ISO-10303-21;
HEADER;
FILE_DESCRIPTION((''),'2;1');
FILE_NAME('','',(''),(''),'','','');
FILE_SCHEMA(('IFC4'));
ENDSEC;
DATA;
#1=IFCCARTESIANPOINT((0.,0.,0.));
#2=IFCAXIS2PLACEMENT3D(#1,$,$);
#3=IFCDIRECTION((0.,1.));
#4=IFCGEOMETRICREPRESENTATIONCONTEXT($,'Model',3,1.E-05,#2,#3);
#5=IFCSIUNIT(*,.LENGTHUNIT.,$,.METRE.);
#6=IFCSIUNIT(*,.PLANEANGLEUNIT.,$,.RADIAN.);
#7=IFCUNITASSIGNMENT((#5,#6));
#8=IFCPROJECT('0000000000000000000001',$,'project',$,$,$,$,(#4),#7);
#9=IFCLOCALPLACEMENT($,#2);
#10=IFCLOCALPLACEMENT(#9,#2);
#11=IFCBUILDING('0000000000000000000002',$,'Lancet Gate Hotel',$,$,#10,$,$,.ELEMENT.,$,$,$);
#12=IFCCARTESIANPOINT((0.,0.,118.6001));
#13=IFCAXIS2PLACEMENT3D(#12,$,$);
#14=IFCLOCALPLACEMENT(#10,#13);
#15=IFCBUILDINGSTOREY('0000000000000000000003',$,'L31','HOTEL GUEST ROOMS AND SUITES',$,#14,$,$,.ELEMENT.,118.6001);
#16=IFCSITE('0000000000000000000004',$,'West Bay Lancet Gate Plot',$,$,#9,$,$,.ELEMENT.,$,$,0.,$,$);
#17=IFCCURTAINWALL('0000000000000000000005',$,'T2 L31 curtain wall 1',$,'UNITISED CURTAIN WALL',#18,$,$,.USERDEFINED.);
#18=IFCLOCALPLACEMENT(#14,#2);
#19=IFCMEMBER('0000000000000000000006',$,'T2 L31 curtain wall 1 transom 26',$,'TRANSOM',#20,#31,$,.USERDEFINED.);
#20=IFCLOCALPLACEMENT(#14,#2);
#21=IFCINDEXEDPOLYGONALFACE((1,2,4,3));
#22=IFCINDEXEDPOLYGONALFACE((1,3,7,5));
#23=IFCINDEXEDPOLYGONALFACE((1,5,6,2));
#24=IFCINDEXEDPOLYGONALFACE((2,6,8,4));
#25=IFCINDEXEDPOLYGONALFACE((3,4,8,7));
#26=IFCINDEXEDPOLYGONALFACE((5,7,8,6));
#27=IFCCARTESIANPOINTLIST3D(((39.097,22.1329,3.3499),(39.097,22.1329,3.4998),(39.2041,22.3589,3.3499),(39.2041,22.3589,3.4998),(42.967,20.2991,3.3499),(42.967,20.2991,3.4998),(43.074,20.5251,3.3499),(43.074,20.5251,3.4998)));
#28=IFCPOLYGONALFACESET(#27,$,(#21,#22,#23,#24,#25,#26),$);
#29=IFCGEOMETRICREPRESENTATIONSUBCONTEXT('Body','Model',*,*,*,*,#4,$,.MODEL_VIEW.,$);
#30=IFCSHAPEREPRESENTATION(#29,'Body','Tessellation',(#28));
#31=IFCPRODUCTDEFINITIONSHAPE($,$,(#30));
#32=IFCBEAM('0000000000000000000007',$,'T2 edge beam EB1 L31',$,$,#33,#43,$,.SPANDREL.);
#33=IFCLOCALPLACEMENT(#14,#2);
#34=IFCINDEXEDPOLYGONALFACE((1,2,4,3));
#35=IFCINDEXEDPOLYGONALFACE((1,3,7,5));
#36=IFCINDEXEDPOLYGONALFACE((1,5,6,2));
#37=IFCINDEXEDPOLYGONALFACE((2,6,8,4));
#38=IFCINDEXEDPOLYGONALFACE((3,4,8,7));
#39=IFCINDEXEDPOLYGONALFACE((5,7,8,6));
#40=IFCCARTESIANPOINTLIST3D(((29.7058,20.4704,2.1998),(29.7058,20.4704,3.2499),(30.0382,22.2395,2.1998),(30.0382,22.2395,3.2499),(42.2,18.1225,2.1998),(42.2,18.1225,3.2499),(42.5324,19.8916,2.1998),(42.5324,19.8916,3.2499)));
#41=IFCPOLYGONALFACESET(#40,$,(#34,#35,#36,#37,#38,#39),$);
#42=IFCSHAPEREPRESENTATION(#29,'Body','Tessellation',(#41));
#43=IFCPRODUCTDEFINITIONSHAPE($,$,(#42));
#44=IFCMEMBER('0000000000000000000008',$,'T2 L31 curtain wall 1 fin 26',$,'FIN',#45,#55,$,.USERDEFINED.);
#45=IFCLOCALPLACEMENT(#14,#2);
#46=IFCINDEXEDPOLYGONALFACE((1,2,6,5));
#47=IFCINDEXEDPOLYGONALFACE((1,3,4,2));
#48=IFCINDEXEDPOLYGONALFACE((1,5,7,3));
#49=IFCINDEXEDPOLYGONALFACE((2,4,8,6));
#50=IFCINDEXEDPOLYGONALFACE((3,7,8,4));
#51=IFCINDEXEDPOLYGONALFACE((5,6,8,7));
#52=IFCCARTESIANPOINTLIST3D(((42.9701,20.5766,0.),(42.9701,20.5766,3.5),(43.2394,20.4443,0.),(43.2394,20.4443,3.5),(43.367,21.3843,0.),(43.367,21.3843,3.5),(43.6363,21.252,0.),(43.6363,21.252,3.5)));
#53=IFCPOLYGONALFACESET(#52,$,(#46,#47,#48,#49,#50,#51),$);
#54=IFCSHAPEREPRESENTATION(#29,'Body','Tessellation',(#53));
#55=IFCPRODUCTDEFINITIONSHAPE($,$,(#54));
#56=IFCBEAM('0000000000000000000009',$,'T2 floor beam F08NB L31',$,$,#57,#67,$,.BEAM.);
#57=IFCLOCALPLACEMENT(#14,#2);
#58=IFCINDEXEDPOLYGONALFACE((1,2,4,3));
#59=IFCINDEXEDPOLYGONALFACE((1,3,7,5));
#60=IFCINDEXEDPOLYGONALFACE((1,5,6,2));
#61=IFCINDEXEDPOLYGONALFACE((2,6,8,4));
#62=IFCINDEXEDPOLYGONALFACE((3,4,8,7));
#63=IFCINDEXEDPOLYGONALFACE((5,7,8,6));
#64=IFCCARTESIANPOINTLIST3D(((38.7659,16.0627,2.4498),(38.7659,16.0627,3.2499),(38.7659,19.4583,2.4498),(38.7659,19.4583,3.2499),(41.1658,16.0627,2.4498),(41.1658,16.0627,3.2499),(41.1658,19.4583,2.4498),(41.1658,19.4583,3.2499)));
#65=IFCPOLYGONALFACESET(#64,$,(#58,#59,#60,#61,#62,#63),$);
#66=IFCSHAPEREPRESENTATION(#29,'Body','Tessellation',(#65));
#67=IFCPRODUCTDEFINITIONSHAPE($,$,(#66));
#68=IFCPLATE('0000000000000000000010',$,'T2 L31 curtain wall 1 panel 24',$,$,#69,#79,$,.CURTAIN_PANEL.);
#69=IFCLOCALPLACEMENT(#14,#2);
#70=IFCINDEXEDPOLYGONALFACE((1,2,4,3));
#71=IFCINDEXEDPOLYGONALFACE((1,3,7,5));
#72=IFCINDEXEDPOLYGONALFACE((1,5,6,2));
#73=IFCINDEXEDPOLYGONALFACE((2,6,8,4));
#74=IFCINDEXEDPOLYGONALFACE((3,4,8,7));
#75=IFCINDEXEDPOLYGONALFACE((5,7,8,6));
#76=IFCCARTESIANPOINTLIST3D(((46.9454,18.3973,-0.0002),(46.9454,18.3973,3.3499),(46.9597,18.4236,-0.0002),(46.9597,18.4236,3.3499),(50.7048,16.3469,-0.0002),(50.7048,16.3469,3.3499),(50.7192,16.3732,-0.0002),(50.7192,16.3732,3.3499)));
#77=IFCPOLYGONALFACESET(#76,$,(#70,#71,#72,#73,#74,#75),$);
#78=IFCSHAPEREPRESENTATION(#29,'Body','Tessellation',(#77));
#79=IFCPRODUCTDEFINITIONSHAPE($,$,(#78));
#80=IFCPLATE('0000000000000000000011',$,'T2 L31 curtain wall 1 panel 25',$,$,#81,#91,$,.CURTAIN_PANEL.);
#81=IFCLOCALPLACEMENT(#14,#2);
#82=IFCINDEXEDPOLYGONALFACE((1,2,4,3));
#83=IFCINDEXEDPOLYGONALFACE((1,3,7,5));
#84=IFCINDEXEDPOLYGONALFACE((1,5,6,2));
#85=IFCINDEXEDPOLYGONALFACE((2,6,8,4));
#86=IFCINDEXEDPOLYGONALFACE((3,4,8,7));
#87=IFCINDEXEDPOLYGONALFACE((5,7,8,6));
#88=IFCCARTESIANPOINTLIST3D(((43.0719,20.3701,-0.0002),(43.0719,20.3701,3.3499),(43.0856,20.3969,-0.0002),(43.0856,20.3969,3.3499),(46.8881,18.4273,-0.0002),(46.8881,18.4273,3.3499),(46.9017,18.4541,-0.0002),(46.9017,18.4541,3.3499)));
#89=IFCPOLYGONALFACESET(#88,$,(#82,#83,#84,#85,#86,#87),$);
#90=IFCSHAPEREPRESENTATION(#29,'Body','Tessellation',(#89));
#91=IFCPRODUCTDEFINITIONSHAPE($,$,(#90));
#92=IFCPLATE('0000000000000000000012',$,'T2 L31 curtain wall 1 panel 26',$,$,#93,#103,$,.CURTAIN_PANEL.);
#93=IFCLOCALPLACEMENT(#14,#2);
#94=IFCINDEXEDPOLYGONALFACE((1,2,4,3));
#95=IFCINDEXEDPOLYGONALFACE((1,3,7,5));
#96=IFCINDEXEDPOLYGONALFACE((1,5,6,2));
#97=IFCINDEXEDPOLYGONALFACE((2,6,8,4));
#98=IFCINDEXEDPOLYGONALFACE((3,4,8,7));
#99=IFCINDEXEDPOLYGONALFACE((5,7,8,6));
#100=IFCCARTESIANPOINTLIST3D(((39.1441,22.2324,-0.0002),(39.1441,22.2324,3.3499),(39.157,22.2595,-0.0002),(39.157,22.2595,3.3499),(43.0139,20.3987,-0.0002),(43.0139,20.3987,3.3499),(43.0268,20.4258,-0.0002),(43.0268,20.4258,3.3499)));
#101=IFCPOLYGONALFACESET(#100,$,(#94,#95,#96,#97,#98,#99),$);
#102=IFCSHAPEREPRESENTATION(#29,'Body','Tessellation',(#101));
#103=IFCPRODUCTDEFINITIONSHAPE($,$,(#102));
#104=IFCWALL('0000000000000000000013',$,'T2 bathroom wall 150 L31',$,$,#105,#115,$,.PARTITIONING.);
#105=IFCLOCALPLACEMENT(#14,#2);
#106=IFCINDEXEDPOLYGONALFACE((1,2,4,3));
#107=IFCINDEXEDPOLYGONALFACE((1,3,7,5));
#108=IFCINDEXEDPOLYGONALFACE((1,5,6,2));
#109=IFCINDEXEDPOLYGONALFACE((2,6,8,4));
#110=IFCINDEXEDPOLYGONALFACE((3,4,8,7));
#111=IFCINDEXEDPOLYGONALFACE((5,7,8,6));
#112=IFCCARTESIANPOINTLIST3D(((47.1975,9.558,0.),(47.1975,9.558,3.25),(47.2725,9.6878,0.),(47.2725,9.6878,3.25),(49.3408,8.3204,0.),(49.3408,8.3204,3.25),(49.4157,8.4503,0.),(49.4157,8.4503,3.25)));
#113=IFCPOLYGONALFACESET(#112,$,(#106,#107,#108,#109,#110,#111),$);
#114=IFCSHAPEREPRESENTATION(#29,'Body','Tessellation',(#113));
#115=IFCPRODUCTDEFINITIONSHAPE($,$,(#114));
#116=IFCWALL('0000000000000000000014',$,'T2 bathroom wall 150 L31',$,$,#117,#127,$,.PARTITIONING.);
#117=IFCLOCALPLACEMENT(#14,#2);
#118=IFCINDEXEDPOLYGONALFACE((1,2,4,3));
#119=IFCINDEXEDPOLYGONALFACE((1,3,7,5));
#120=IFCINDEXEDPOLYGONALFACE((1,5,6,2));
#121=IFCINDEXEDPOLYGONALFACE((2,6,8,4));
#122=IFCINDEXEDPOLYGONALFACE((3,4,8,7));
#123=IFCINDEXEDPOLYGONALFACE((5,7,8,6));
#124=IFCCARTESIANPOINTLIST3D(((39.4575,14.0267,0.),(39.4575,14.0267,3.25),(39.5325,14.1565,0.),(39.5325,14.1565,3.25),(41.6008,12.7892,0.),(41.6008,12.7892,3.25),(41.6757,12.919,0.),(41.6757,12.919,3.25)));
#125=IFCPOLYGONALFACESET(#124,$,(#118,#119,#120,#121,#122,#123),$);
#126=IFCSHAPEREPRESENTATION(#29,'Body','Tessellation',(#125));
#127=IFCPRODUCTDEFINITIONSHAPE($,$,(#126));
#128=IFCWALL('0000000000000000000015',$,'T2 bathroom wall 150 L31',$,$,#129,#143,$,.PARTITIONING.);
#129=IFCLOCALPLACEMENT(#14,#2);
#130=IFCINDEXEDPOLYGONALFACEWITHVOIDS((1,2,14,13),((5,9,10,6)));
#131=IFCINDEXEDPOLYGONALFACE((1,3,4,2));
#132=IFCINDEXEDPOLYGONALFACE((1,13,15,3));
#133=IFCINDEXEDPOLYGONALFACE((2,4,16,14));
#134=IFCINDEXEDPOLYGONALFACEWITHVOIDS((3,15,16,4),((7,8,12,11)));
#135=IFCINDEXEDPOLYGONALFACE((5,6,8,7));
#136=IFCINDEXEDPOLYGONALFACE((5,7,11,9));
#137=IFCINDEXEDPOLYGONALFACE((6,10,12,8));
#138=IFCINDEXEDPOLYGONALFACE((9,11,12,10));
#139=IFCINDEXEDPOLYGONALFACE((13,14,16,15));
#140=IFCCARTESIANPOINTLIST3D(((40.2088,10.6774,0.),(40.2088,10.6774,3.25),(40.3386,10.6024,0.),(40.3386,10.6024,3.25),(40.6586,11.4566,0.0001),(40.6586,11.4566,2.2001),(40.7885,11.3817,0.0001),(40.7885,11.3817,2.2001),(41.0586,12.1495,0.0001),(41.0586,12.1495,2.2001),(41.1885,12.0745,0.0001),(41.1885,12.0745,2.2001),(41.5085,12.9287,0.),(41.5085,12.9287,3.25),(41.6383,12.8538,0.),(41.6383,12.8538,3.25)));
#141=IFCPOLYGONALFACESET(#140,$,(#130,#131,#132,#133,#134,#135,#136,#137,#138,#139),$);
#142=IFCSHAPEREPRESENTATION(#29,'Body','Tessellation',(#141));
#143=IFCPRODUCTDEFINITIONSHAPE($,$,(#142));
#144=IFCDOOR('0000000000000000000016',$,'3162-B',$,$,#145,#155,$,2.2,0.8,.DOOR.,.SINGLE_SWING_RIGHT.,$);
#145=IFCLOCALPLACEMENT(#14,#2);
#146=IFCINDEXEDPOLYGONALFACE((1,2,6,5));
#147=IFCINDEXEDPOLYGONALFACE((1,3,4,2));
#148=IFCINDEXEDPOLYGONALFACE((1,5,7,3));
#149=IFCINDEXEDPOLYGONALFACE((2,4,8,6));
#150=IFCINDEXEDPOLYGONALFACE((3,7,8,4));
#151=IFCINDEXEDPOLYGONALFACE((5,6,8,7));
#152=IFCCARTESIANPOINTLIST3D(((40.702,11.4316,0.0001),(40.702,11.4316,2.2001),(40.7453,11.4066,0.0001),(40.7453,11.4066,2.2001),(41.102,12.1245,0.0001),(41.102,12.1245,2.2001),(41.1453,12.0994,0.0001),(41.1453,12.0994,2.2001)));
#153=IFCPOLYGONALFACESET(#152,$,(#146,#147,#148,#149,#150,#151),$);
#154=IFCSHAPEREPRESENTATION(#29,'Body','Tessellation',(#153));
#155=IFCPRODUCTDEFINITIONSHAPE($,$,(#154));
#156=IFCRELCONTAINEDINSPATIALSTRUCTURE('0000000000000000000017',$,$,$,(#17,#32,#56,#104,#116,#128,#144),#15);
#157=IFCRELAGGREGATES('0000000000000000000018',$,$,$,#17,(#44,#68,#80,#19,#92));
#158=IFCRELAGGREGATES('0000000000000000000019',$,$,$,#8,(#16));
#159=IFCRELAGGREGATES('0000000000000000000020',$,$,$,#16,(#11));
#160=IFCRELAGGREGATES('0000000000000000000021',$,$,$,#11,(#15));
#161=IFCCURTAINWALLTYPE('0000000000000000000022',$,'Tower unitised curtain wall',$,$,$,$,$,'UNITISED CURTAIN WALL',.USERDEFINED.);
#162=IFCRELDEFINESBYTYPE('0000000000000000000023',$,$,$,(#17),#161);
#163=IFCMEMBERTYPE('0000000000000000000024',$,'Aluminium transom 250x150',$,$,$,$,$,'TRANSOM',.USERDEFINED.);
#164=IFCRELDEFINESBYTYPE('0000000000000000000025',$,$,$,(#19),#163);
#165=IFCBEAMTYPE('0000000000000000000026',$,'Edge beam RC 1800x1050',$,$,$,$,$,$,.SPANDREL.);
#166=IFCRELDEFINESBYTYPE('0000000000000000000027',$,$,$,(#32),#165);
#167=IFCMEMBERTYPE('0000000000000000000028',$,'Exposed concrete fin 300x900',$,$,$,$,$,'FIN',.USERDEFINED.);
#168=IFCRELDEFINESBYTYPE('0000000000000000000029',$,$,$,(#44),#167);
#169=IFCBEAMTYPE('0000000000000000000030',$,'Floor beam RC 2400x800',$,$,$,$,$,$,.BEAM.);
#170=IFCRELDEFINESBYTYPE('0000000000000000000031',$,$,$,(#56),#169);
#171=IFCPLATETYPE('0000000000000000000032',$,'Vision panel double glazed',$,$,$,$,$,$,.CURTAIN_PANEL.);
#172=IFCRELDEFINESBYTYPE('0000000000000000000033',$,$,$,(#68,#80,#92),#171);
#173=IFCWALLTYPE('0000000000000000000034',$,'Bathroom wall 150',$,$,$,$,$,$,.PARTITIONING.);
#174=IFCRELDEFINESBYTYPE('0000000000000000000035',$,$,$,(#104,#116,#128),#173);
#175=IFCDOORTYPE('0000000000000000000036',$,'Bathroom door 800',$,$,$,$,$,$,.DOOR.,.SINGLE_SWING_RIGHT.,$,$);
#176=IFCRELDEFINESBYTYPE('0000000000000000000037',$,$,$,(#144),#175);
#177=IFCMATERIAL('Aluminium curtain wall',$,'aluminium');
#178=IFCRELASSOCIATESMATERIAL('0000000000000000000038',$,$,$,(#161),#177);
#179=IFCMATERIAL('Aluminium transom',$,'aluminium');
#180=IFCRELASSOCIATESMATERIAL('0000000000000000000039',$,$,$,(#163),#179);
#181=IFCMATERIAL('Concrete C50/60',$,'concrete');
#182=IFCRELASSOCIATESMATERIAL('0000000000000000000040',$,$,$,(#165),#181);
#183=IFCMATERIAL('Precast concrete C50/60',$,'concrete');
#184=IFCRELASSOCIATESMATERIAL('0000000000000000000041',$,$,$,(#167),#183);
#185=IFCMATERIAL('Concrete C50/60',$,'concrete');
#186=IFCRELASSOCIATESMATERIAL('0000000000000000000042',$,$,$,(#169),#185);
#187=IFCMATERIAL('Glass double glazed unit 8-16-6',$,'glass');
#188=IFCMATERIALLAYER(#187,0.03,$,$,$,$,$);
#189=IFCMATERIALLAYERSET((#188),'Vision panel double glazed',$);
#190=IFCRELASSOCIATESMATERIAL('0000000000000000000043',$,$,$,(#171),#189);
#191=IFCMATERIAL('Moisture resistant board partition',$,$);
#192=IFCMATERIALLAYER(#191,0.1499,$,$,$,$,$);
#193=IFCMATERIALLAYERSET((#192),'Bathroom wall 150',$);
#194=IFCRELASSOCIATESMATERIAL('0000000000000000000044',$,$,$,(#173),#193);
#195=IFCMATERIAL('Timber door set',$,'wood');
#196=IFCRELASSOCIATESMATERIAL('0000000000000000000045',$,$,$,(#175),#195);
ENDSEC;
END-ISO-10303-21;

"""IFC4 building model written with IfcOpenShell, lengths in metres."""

from ifc_helpers import new_model, si_unit, direction, frame, frame_2d, origin, origin_2d, place, context, subcontext, project, spatial, rectangle, extrude, material, layer, layer_set, material_profile, profile_set, type_object, element, fill, aggregate, save


model = new_model("IFC4")

# Units and contexts
model_context = context("Model", 3, precision=1e-05, world=origin(), true_north=direction((0.0, 1.0)))
body_context = subcontext(model_context, "Body", "Model", "MODEL_VIEW")
ifc_project = project(units=[si_unit("LENGTHUNIT", "METRE"), si_unit("PLANEANGLEUNIT", "RADIAN")], contexts=[model_context])

# Site, building, storey
site_placement = place(None, origin())
site = spatial("IfcSite", under=ifc_project, at=site_placement, Name="West Bay Lancet Gate Plot", CompositionType="ELEMENT", RefElevation=0.0)
building_placement = place(site_placement, origin())
building = spatial("IfcBuilding", under=site, at=building_placement, Name="Lancet Gate Hotel", CompositionType="ELEMENT")
storey_placement = place(building_placement, frame((0.0, 0.0, 118.6001)))
storey = spatial("IfcBuildingStorey", under=building, at=storey_placement, Name="L31", Description="HOTEL GUEST ROOMS AND SUITES", CompositionType="ELEMENT", Elevation=118.6001)

# Curtain wall, member
ifc_material_1 = material(Name="Aluminium curtain wall", Category="aluminium")
curtain_wall_type = type_object("IfcCurtainWallType", Name="Tower unitised curtain wall", ElementType="UNITISED CURTAIN WALL", PredefinedType="USERDEFINED", material=ifc_material_1)
curtain_wall_placement = place(storey_placement, origin())
curtain_wall = element("IfcCurtainWall", 1, at=curtain_wall_placement, inside=storey, type_object=curtain_wall_type, Name="T2 L31 curtain wall 1", ObjectType="UNITISED CURTAIN WALL", PredefinedType="USERDEFINED")
ifc_material_2 = material(Name="Aluminium transom", Category="aluminium")
ifc_material_profile_1 = material_profile(ifc_material_2, rectangle(XDim=0.25, YDim=0.1499, at=origin_2d()), Name="TRANSOM 250x150")
ifc_profile_set_1 = profile_set([ifc_material_profile_1], Name="Aluminium transom")
member_type_1 = type_object("IfcMemberType", Name="Aluminium transom 250x150", ElementType="TRANSOM", PredefinedType="USERDEFINED", material=ifc_profile_set_1)
member_1_placement = place(storey_placement, frame((43.0205, 20.4121, 3.4248), z_axis=(-0.90368, 0.428209, 0.0), x_axis=(-0.428209, -0.90368, 0.0)))
member_1 = element("IfcMember", 2, at=member_1_placement, type_object=member_type_1, Name="T2 L31 curtain wall 1 transom 26", ObjectType="TRANSOM", PredefinedType="USERDEFINED", context=body_context, shape_type="SweptSolid", body=[
    extrude(rectangle(XDim=0.25, YDim=0.1499, at=origin_2d()), origin(), (0.0, 0.0, 1.0), 4.2825),
])

# Beam
ifc_material_3 = material(Name="Concrete C50/60", Category="concrete")
ifc_material_profile_2 = material_profile(ifc_material_3, rectangle(XDim=1.8, YDim=1.05, at=origin_2d()), Name="RC 1800x1050")
ifc_profile_set_2 = profile_set([ifc_material_profile_2], Name="Concrete C50/60")
beam_type_1 = type_object("IfcBeamType", Name="Edge beam RC 1800x1050", PredefinedType="SPANDREL", material=ifc_profile_set_2)
beam_1_placement = place(storey_placement, frame((42.3662, 19.0071, 2.7249), z_axis=(-0.982797, 0.184687, 0.0), x_axis=(-0.184687, -0.982797, 0.0)))
element("IfcBeam", 3, at=beam_1_placement, inside=storey, type_object=beam_type_1, Name="T2 edge beam EB1 L31", PredefinedType="SPANDREL", context=body_context, shape_type="SweptSolid", body=[
    extrude(rectangle(XDim=1.8, YDim=1.05, at=origin_2d()), origin(), (0.0, 0.0, 1.0), 12.7129),
])

# Member
ifc_material_4 = material(Name="Precast concrete C50/60", Category="concrete")
ifc_material_profile_3 = material_profile(ifc_material_4, rectangle(XDim=0.3, YDim=0.8999, at=origin_2d()), Name="FIN 300x900")
ifc_profile_set_3 = profile_set([ifc_material_profile_3], Name="Precast concrete C50/60")
member_type_2 = type_object("IfcMemberType", Name="Exposed concrete fin 300x900", ElementType="FIN", PredefinedType="USERDEFINED", material=ifc_profile_set_3)
member_2_placement = place(storey_placement, frame((43.3032, 20.9143, 0.0), z_axis=(0.0, 0.0, 1.0), x_axis=(-0.897512, 0.44099, 0.0)))
member_2 = element("IfcMember", 4, at=member_2_placement, type_object=member_type_2, Name="T2 L31 curtain wall 1 fin 26", ObjectType="FIN", PredefinedType="USERDEFINED", context=body_context, shape_type="SweptSolid", body=[
    extrude(rectangle(XDim=0.3, YDim=0.8999, at=origin_2d()), origin(), (0.0, 0.0, 1.0), 3.5),
])

# Beam
ifc_material_5 = material(Name="Concrete C50/60", Category="concrete")
ifc_material_profile_4 = material_profile(ifc_material_5, rectangle(XDim=2.3999, YDim=0.8, at=origin_2d()), Name="RC 2400x800")
ifc_profile_set_4 = profile_set([ifc_material_profile_4], Name="Concrete C50/60")
beam_type_2 = type_object("IfcBeamType", Name="Floor beam RC 2400x800", PredefinedType="BEAM", material=ifc_profile_set_4)
beam_2_placement = place(storey_placement, frame((39.9658, 16.0627, 2.8499), z_axis=(0.0, 1.0, 0.0), x_axis=(-1.0, 0.0, 0.0)))
element("IfcBeam", 5, at=beam_2_placement, inside=storey, type_object=beam_type_2, Name="T2 floor beam F08NB L31", PredefinedType="BEAM", context=body_context, shape_type="SweptSolid", body=[
    extrude(rectangle(XDim=2.3999, YDim=0.8, at=origin_2d()), origin(), (0.0, 0.0, 1.0), 3.3955),
])

# Plates
ifc_material_6 = material(Name="Glass double glazed unit 8-16-6", Category="glass")
ifc_layer_1 = layer(ifc_material_6, 0.03)
ifc_layer_set_1 = layer_set([ifc_layer_1], Name="Vision panel double glazed")
plate_type = type_object("IfcPlateType", Name="Vision panel double glazed", PredefinedType="CURTAIN_PANEL", material=ifc_layer_set_1)
plate_1_placement = place(storey_placement, frame((48.8323, 17.3853, -0.0002), z_axis=(0.0, 0.0, 1.0), x_axis=(-0.877916, 0.478814, 0.0)))
plate_1 = element("IfcPlate", 6, at=plate_1_placement, type_object=plate_type, Name="T2 L31 curtain wall 1 panel 24", PredefinedType="CURTAIN_PANEL", context=body_context, shape_type="SweptSolid", body=[
    extrude(rectangle(XDim=4.2822, YDim=0.03, at=origin_2d()), origin(), (0.0, 0.0, 1.0), 3.3501),
])
plate_2_placement = place(storey_placement, frame((44.9868, 19.4121, -0.0002), z_axis=(0.0, 0.0, 1.0), x_axis=(-0.891159, 0.45369, 0.0)))
plate_2 = element("IfcPlate", 7, at=plate_2_placement, type_object=plate_type, Name="T2 L31 curtain wall 1 panel 25", PredefinedType="CURTAIN_PANEL", context=body_context, shape_type="SweptSolid", body=[
    extrude(rectangle(XDim=4.2822, YDim=0.03, at=origin_2d()), origin(), (0.0, 0.0, 1.0), 3.3501),
])
plate_3_placement = place(storey_placement, frame((41.0854, 21.3291, -0.0002), z_axis=(0.0, 0.0, 1.0), x_axis=(-0.903683, 0.428201, 0.0)))
plate_3 = element("IfcPlate", 8, at=plate_3_placement, type_object=plate_type, Name="T2 L31 curtain wall 1 panel 26", PredefinedType="CURTAIN_PANEL", context=body_context, shape_type="SweptSolid", body=[
    extrude(rectangle(XDim=4.2822, YDim=0.03, at=origin_2d()), origin(), (0.0, 0.0, 1.0), 3.3501),
])
aggregate(curtain_wall, [member_2, plate_1, plate_2, member_1, plate_3])

# Walls
ifc_material_7 = material(Name="Moisture resistant board partition")
ifc_layer_2 = layer(ifc_material_7, 0.1499)
ifc_layer_set_2 = layer_set([ifc_layer_2], Name="Bathroom wall 150")
wall_type = type_object("IfcWallType", Name="Bathroom wall 150", PredefinedType="PARTITIONING", material=ifc_layer_set_2)
for number, where, z_axis, x_axis, name in (
    (9, (47.2351, 9.6228, 0.0), (0.0, 0.0, 1.0), (0.866007, -0.500033, 0.0), "T2 bathroom wall 150 L31"),
    (10, (39.4951, 14.0916, 0.0), (0.0, 0.0, 1.0), (0.866007, -0.500033, 0.0), "T2 bathroom wall 150 L31"),
):
    element("IfcWall", number, at=place(storey_placement, frame(where, z_axis=z_axis, x_axis=x_axis)), inside=storey, type_object=wall_type, Name=name, PredefinedType="PARTITIONING", context=body_context, shape_type="SweptSolid", body=[
        extrude(rectangle(XDim=2.4749, YDim=0.1499, at=frame_2d((1.2373, 0.0))), origin(), (0.0, 0.0, 1.0), 3.25),
    ])

# Wall, opening, door
wall_placement = place(storey_placement, frame((40.2737, 10.6399, 0.0), z_axis=(0.0, 0.0, 1.0), x_axis=(0.499977, 0.866039, 0.0)))
wall = element("IfcWall", 11, at=wall_placement, inside=storey, type_object=wall_type, Name="T2 bathroom wall 150 L31", PredefinedType="PARTITIONING", context=body_context, shape_type="SweptSolid", body=[
    extrude(rectangle(XDim=2.5996, YDim=0.1499, at=frame_2d((1.2998, 0.0))), origin(), (0.0, 0.0, 1.0), 3.25),
])
opening_placement = place(wall_placement, frame((0.8999, 0.0, 0.0)))
opening = element("IfcOpeningElement", 12, at=opening_placement, cuts=wall, PredefinedType="OPENING", context=body_context, shape_type="SweptSolid", body=[
    extrude(rectangle(XDim=0.8, YDim=2.2, at=frame_2d((0.3999, 1.1001))), frame((0.0, 0.085, 0.0), z_axis=(0.0, -1.0, 0.0), x_axis=(1.0, 0.0, 0.0)), (0.0, 0.0, 1.0), 0.1699),
])
ifc_material_8 = material(Name="Timber door set", Category="wood")
door_type = type_object("IfcDoorType", Name="Bathroom door 800", OperationType="SINGLE_SWING_RIGHT", PredefinedType="DOOR", material=ifc_material_8)
door_placement = place(opening_placement, origin())
door = element("IfcDoor", 13, at=door_placement, inside=storey, type_object=door_type, Name="3162-B", OperationType="SINGLE_SWING_RIGHT", OverallHeight=2.2, OverallWidth=0.8, PredefinedType="DOOR", context=body_context, shape_type="SweptSolid", body=[
    extrude(rectangle(XDim=0.8, YDim=2.2, at=frame_2d((0.3999, 1.1001))), frame((0.0, 0.0249, 0.0), z_axis=(0.0, -1.0, 0.0), x_axis=(1.0, 0.0, 0.0)), (0.0, 0.0, 1.0), 0.05),
])
fill(opening, door)

save(model, "model.ifc")
